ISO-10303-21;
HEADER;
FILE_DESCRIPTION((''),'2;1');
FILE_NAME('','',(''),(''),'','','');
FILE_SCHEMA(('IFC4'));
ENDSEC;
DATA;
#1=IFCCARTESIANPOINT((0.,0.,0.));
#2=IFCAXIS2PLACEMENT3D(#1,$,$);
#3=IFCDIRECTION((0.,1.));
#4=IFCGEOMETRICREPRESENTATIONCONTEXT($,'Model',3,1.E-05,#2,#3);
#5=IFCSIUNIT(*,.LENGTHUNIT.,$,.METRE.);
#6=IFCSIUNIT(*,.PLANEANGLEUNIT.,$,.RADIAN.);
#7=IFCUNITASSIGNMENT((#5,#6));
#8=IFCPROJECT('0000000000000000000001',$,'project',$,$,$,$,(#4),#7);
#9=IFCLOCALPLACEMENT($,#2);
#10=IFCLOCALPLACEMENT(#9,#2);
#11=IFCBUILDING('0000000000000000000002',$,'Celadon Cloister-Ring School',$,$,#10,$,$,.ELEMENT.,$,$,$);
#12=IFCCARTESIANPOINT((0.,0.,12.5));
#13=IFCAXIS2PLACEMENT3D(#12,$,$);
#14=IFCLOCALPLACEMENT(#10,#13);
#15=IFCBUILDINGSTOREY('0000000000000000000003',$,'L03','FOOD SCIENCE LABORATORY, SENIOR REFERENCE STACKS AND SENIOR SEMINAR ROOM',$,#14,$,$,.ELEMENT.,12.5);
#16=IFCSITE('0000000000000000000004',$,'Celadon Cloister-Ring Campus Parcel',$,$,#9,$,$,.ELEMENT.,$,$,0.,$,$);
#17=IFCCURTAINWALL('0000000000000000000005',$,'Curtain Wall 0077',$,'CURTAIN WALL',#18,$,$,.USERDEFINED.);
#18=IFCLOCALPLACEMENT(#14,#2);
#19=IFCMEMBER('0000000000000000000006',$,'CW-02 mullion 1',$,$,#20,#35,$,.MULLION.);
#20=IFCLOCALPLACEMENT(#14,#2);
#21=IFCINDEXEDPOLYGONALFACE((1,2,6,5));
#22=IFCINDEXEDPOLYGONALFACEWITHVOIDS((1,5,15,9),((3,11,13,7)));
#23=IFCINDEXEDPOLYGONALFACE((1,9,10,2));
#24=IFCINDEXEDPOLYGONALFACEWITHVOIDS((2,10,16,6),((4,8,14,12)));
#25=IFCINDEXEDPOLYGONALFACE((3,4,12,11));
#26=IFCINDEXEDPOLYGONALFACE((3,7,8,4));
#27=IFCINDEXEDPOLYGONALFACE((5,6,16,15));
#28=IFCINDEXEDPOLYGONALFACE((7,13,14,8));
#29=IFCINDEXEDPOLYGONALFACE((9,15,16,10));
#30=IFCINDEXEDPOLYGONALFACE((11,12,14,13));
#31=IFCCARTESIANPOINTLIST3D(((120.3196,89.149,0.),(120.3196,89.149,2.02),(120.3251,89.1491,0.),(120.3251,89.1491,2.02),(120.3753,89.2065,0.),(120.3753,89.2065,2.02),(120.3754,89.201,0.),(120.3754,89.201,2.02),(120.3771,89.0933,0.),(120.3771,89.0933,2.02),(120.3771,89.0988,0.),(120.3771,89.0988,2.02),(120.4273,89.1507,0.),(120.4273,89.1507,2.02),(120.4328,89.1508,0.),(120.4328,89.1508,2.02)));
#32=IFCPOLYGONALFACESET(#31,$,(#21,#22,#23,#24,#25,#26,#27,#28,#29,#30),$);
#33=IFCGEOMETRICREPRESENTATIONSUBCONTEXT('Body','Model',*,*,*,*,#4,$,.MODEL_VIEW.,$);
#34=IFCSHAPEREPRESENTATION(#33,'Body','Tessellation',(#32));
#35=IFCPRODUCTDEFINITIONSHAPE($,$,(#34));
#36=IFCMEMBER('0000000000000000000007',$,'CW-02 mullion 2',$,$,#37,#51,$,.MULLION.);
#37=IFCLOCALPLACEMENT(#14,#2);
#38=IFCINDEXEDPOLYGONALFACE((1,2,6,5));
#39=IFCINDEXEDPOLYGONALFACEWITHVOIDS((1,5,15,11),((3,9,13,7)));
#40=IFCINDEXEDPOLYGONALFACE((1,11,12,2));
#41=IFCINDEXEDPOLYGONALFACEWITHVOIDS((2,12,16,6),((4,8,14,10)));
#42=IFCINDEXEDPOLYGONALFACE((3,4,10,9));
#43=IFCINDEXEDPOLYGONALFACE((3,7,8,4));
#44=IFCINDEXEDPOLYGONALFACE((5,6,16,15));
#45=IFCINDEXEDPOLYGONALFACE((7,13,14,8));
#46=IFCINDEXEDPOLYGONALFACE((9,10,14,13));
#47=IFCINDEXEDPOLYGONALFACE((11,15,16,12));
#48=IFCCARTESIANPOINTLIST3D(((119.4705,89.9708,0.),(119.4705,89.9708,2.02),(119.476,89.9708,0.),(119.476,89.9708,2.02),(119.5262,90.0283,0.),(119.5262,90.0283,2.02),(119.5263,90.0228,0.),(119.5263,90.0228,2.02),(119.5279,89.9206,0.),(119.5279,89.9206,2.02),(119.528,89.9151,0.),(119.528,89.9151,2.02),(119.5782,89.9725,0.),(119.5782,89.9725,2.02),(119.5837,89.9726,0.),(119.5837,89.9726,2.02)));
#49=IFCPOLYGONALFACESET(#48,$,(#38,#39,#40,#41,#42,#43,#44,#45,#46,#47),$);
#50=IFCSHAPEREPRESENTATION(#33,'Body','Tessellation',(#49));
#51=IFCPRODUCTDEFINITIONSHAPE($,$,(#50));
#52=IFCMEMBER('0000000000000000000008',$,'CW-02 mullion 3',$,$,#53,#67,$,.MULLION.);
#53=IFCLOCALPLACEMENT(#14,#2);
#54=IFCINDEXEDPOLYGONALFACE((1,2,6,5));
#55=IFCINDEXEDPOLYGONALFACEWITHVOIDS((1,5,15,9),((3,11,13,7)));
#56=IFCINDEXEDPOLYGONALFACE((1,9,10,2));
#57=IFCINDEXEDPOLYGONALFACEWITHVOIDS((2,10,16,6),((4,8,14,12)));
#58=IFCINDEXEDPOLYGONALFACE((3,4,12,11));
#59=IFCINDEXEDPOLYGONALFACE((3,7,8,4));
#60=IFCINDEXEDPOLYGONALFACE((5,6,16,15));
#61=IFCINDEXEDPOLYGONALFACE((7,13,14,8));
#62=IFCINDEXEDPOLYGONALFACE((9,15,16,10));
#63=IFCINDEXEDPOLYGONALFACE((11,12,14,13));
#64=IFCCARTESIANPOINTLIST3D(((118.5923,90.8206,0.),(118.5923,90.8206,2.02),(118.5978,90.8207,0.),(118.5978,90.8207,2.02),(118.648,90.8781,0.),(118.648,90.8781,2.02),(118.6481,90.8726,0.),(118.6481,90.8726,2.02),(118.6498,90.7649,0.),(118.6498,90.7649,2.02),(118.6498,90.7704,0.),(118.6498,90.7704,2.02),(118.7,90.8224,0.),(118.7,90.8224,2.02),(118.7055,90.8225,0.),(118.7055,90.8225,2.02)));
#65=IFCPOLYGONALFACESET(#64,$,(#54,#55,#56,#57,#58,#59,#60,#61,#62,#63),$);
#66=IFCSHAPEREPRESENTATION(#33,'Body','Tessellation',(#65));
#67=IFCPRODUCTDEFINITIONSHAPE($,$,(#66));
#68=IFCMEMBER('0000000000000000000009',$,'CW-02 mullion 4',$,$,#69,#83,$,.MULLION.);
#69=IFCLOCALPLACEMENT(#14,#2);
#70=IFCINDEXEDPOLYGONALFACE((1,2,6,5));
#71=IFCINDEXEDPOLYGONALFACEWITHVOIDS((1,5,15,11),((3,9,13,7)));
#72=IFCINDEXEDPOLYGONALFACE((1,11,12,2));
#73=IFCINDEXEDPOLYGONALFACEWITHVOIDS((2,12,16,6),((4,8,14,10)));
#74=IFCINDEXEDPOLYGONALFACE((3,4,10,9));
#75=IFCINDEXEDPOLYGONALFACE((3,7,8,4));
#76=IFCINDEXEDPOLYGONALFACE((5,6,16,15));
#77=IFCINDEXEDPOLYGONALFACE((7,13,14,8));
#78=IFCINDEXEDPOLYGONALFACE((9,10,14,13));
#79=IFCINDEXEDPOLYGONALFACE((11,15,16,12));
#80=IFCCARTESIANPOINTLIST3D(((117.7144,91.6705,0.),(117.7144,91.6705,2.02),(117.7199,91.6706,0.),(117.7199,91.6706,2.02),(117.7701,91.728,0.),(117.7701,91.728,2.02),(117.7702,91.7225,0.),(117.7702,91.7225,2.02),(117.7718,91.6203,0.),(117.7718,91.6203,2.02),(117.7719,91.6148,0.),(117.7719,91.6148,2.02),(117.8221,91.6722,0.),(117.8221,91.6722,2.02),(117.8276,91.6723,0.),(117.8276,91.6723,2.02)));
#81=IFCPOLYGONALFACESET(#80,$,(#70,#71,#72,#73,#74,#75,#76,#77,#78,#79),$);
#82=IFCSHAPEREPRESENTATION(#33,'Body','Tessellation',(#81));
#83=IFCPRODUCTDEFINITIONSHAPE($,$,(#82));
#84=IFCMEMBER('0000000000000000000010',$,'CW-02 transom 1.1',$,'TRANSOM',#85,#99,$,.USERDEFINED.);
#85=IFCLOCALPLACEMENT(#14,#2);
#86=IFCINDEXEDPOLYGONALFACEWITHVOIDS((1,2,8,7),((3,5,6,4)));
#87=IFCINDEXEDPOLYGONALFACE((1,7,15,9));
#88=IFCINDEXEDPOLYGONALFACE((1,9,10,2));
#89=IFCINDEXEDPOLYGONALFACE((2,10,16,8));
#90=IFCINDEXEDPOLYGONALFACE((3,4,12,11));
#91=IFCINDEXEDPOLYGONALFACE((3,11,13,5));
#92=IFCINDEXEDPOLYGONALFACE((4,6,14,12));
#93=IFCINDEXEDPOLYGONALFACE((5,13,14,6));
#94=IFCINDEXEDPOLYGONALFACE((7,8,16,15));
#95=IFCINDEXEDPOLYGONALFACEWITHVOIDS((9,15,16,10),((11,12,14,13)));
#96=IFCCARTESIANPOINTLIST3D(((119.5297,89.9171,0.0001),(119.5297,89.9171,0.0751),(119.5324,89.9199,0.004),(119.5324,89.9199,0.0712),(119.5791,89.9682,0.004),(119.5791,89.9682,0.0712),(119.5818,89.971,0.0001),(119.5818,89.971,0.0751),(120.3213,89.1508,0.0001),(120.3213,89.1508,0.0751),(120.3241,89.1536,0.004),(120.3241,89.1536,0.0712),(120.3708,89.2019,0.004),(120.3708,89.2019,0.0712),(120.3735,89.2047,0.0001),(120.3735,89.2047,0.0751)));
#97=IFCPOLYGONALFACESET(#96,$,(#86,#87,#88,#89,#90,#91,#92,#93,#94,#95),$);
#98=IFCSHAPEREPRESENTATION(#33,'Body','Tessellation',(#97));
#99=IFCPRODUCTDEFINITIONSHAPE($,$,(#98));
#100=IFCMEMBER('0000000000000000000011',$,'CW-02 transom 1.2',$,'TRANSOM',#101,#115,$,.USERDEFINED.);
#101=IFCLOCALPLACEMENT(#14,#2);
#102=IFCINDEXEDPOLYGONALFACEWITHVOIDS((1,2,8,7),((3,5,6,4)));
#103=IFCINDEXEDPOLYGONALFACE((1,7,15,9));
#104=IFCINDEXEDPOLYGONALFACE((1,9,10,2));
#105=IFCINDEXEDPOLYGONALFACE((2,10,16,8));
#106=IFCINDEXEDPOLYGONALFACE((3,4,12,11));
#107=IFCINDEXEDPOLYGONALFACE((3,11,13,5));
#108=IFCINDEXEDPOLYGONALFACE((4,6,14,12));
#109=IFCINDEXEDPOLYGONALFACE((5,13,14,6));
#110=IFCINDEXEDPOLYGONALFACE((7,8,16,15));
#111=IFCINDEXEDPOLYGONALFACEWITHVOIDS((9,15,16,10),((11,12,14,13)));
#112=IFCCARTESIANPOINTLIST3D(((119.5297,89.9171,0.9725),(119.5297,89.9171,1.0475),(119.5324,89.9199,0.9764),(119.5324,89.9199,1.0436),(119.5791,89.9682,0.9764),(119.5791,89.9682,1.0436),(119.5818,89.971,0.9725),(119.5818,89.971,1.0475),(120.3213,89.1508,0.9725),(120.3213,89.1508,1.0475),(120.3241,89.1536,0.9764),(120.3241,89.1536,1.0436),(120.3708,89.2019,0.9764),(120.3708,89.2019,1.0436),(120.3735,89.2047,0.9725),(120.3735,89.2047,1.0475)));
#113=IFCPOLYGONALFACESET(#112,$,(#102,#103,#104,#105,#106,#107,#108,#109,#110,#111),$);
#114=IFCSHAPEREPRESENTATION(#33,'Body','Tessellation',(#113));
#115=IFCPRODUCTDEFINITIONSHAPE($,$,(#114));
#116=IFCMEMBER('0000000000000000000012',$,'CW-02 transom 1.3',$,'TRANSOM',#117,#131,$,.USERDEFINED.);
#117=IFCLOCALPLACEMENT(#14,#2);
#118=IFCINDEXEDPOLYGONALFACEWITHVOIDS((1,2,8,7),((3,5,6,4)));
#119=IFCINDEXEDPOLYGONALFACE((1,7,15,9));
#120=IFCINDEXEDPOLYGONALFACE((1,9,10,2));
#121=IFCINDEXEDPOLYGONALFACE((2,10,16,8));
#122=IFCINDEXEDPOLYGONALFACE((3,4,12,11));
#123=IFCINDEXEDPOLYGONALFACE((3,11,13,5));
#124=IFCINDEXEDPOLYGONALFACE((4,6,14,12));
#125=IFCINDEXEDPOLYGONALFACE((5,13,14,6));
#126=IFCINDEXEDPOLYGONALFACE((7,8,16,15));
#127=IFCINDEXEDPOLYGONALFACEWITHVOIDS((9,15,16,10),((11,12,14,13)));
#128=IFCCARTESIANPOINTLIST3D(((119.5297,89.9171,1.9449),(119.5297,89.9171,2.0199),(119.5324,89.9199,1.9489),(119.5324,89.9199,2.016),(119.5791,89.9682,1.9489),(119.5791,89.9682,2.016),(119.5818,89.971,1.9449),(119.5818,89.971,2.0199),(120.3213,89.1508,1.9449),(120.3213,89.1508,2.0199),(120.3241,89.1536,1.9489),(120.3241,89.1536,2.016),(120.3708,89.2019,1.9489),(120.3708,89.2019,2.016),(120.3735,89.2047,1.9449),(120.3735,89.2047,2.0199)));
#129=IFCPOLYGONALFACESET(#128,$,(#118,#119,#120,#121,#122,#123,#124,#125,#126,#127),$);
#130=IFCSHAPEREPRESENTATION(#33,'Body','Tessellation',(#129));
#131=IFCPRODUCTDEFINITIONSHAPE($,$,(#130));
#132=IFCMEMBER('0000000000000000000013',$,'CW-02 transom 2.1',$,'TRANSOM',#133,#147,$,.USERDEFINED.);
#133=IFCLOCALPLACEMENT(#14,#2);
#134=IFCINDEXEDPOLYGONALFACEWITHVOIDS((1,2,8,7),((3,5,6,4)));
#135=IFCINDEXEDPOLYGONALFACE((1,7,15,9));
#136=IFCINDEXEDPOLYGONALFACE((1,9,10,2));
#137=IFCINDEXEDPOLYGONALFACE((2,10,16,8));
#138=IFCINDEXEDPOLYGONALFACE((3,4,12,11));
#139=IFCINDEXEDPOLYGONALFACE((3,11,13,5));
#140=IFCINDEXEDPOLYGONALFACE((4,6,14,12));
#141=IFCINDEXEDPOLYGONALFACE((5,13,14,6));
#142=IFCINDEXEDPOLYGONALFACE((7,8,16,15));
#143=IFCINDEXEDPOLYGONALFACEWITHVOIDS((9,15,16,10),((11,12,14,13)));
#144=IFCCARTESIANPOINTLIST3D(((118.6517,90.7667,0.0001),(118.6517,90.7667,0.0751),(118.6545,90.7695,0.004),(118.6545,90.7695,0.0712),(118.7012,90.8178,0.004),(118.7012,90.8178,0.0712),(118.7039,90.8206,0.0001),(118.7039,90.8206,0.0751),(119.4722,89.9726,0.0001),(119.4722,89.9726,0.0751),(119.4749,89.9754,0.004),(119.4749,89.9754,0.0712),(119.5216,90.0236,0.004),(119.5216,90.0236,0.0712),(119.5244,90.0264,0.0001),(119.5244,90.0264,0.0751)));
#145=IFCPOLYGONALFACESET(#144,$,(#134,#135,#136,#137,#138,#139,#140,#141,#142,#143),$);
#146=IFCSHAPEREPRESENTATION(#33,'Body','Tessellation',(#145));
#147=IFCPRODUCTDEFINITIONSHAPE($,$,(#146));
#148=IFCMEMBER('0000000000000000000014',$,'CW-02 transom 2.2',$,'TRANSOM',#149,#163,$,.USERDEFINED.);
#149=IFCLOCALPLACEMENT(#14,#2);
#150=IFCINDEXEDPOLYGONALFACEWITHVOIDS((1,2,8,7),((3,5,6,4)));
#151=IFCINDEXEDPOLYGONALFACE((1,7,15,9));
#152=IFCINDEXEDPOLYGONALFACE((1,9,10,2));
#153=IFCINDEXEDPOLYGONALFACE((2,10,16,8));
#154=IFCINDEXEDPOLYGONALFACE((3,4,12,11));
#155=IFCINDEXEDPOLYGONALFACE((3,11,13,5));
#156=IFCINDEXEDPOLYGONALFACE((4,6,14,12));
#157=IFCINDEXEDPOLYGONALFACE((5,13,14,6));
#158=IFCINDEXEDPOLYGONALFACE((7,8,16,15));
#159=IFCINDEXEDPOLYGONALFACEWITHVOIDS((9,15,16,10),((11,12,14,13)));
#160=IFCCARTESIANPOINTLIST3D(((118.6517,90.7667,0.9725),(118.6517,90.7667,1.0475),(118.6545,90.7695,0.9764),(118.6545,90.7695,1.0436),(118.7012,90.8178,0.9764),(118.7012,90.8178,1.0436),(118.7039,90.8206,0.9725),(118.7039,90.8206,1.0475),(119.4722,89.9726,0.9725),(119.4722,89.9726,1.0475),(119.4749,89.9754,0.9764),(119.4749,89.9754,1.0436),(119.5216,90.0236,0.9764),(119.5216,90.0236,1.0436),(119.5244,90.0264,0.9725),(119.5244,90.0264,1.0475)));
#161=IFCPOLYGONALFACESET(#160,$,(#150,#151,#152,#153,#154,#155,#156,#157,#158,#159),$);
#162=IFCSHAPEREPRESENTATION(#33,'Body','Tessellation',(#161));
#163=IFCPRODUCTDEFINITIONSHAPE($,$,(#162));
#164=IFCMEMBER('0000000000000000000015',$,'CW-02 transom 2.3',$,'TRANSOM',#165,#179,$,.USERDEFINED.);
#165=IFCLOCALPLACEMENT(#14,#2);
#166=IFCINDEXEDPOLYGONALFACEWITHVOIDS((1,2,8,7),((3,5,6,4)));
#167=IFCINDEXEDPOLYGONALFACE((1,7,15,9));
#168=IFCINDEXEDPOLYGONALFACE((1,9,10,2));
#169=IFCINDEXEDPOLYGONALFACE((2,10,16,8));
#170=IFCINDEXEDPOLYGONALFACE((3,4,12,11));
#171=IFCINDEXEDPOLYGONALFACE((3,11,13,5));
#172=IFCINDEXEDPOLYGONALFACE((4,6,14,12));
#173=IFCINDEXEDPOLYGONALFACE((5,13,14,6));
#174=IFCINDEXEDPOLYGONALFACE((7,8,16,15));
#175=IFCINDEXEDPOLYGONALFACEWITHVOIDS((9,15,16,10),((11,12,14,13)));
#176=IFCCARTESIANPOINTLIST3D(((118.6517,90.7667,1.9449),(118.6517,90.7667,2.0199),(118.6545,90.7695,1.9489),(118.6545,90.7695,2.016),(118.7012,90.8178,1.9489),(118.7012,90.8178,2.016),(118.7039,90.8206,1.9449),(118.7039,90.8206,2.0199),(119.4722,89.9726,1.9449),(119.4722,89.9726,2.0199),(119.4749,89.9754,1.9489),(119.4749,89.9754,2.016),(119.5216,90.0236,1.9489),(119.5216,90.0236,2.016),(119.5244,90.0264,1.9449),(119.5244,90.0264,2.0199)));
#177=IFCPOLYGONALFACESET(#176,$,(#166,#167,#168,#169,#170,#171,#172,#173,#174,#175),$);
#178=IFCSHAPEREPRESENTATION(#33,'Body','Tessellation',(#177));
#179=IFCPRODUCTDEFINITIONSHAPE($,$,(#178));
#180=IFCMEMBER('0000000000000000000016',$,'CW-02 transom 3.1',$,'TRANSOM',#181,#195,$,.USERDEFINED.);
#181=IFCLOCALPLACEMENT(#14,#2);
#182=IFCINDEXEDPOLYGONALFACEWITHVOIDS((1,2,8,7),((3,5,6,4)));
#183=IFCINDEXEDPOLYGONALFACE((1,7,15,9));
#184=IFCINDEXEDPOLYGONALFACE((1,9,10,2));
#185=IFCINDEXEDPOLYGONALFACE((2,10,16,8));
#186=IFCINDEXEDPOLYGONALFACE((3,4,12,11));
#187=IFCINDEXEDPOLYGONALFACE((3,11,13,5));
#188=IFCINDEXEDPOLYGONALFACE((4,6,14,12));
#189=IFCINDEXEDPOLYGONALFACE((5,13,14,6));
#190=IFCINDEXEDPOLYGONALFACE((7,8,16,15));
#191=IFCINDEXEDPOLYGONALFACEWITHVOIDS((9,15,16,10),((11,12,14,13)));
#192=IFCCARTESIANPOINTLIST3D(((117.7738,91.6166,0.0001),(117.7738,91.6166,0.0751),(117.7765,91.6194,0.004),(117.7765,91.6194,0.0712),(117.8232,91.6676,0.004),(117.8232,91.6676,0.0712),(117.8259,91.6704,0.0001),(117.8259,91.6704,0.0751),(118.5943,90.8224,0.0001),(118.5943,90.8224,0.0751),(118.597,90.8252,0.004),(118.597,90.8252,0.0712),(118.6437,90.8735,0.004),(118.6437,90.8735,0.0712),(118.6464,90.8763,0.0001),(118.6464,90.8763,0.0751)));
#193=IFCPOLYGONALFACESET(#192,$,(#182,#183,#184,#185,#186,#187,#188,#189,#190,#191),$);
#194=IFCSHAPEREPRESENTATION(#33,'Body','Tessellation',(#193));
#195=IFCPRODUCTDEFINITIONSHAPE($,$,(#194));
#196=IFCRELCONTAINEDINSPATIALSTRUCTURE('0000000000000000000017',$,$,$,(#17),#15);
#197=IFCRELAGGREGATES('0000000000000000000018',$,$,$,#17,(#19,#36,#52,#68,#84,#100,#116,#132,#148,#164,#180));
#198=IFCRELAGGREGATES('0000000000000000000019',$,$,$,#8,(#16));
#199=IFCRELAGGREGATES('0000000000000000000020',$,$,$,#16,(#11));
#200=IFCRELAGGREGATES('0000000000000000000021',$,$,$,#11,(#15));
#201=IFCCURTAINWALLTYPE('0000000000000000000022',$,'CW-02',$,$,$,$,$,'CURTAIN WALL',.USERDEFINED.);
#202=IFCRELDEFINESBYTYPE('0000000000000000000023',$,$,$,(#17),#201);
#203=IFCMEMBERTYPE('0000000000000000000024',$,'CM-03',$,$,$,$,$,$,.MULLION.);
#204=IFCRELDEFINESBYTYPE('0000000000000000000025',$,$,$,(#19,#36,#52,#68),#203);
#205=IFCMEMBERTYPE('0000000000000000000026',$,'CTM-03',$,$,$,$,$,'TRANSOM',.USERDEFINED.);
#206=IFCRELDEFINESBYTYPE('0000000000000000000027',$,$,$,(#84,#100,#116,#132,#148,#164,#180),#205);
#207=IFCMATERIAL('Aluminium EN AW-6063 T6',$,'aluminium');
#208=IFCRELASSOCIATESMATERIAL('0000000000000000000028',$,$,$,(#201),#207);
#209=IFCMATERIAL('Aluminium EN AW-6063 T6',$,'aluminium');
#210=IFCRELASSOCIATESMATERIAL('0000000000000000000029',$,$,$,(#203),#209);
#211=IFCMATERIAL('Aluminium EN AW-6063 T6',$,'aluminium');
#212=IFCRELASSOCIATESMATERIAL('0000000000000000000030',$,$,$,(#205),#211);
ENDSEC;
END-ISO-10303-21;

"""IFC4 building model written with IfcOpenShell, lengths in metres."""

from ifc_helpers import new_model, si_unit, direction, frame, origin, origin_2d, place, context, subcontext, project, spatial, hollow_rectangle, extrude, material, material_profile, profile_set, type_object, element, aggregate, save


model = new_model("IFC4")

# Units and contexts
model_context = context("Model", 3, precision=1e-05, world=origin(), true_north=direction((0.0, 1.0)))
body_context = subcontext(model_context, "Body", "Model", "MODEL_VIEW")
ifc_project = project(units=[si_unit("LENGTHUNIT", "METRE"), si_unit("PLANEANGLEUNIT", "RADIAN")], contexts=[model_context])

# Site, building, storey
site_placement = place(None, origin())
site = spatial("IfcSite", under=ifc_project, at=site_placement, Name="Celadon Cloister-Ring Campus Parcel", CompositionType="ELEMENT", RefElevation=0.0)
building_placement = place(site_placement, origin())
building = spatial("IfcBuilding", under=site, at=building_placement, Name="Celadon Cloister-Ring School", CompositionType="ELEMENT")
storey_placement = place(building_placement, frame((0.0, 0.0, 12.5)))
storey = spatial("IfcBuildingStorey", under=building, at=storey_placement, Name="L03", Description="FOOD SCIENCE LABORATORY, SENIOR REFERENCE STACKS AND SENIOR SEMINAR ROOM", CompositionType="ELEMENT", Elevation=12.5)

# Curtain wall, members
ifc_material_1 = material(Name="Aluminium EN AW-6063 T6", Category="aluminium")
curtain_wall_type = type_object("IfcCurtainWallType", Name="CW-02", ElementType="CURTAIN WALL", PredefinedType="USERDEFINED", material=ifc_material_1)
curtain_wall_placement = place(storey_placement, origin())
curtain_wall = element("IfcCurtainWall", 1, at=curtain_wall_placement, inside=storey, type_object=curtain_wall_type, Name="Curtain Wall 0077", ObjectType="CURTAIN WALL", PredefinedType="USERDEFINED")
ifc_material_2 = material(Name="Aluminium EN AW-6063 T6", Category="aluminium")
ifc_material_profile_1 = material_profile(ifc_material_2, hollow_rectangle(XDim=0.0801, YDim=0.0801, WallThickness=0.0039, at=origin_2d()), Name="RHS80X80X4")
ifc_profile_set_1 = profile_set([ifc_material_profile_1], Name="Aluminium EN AW-6063 T6")
member_type_1 = type_object("IfcMemberType", Name="CM-03", PredefinedType="MULLION", material=ifc_profile_set_1)
member_1_placement = place(storey_placement, frame((120.3762, 89.1499, 0.0), z_axis=(0.0, 0.0, 1.0), x_axis=(-0.695473, -0.718552, 0.0)))
member_1 = element("IfcMember", 2, at=member_1_placement, type_object=member_type_1, Name="CW-02 mullion 1", PredefinedType="MULLION", context=body_context, shape_type="SweptSolid", body=[
    extrude(hollow_rectangle(XDim=0.0801, YDim=0.0801, WallThickness=0.0039, at=origin_2d()), origin(), (0.0, 0.0, 1.0), 2.02),
])
member_2_placement = place(storey_placement, frame((119.5271, 89.9717, 0.0), z_axis=(0.0, 0.0, 1.0), x_axis=(-0.695473, -0.718552, 0.0)))
member_2 = element("IfcMember", 3, at=member_2_placement, type_object=member_type_1, Name="CW-02 mullion 2", PredefinedType="MULLION", context=body_context, shape_type="SweptSolid", body=[
    extrude(hollow_rectangle(XDim=0.0801, YDim=0.0801, WallThickness=0.0039, at=origin_2d()), origin(), (0.0, 0.0, 1.0), 2.02),
])
member_3_placement = place(storey_placement, frame((118.6489, 90.8215, 0.0), z_axis=(0.0, 0.0, 1.0), x_axis=(-0.695473, -0.718552, 0.0)))
member_3 = element("IfcMember", 4, at=member_3_placement, type_object=member_type_1, Name="CW-02 mullion 3", PredefinedType="MULLION", context=body_context, shape_type="SweptSolid", body=[
    extrude(hollow_rectangle(XDim=0.0801, YDim=0.0801, WallThickness=0.0039, at=origin_2d()), origin(), (0.0, 0.0, 1.0), 2.02),
])
member_4_placement = place(storey_placement, frame((117.771, 91.6714, 0.0), z_axis=(0.0, 0.0, 1.0), x_axis=(-0.695473, -0.718552, 0.0)))
member_4 = element("IfcMember", 5, at=member_4_placement, type_object=member_type_1, Name="CW-02 mullion 4", PredefinedType="MULLION", context=body_context, shape_type="SweptSolid", body=[
    extrude(hollow_rectangle(XDim=0.0801, YDim=0.0801, WallThickness=0.0039, at=origin_2d()), origin(), (0.0, 0.0, 1.0), 2.02),
])
ifc_material_3 = material(Name="Aluminium EN AW-6063 T6", Category="aluminium")
ifc_material_profile_2 = material_profile(ifc_material_3, hollow_rectangle(XDim=0.075, YDim=0.075, WallThickness=0.0039, at=origin_2d()), Name="RHS75X75X4")
ifc_profile_set_2 = profile_set([ifc_material_profile_2], Name="Aluminium EN AW-6063 T6")
member_type_2 = type_object("IfcMemberType", Name="CTM-03", ElementType="TRANSOM", PredefinedType="USERDEFINED", material=ifc_profile_set_2)
member_5_placement = place(storey_placement, frame((120.3474, 89.1777, 0.0376), z_axis=(-0.718534, 0.695492, 0.0), x_axis=(-0.695492, -0.718534, 0.0)))
member_5 = element("IfcMember", 6, at=member_5_placement, type_object=member_type_2, Name="CW-02 transom 1.1", ObjectType="TRANSOM", PredefinedType="USERDEFINED", context=body_context, shape_type="SweptSolid", body=[
    extrude(hollow_rectangle(XDim=0.075, YDim=0.075, WallThickness=0.0039, at=origin_2d()), origin(), (0.0, 0.0, 1.0), 1.1018),
])
member_6_placement = place(storey_placement, frame((120.3474, 89.1777, 1.01), z_axis=(-0.718534, 0.695492, 0.0), x_axis=(-0.695492, -0.718534, 0.0)))
member_6 = element("IfcMember", 7, at=member_6_placement, type_object=member_type_2, Name="CW-02 transom 1.2", ObjectType="TRANSOM", PredefinedType="USERDEFINED", context=body_context, shape_type="SweptSolid", body=[
    extrude(hollow_rectangle(XDim=0.075, YDim=0.075, WallThickness=0.0039, at=origin_2d()), origin(), (0.0, 0.0, 1.0), 1.1018),
])
member_7_placement = place(storey_placement, frame((120.3474, 89.1777, 1.9824), z_axis=(-0.718534, 0.695492, 0.0), x_axis=(-0.695492, -0.718534, 0.0)))
member_7 = element("IfcMember", 8, at=member_7_placement, type_object=member_type_2, Name="CW-02 transom 1.3", ObjectType="TRANSOM", PredefinedType="USERDEFINED", context=body_context, shape_type="SweptSolid", body=[
    extrude(hollow_rectangle(XDim=0.075, YDim=0.075, WallThickness=0.0039, at=origin_2d()), origin(), (0.0, 0.0, 1.0), 1.1018),
])
member_8_placement = place(storey_placement, frame((119.4983, 89.9995, 0.0376), z_axis=(-0.718557, 0.695468, 0.0), x_axis=(-0.695468, -0.718557, 0.0)))
member_8 = element("IfcMember", 9, at=member_8_placement, type_object=member_type_2, Name="CW-02 transom 2.1", ObjectType="TRANSOM", PredefinedType="USERDEFINED", context=body_context, shape_type="SweptSolid", body=[
    extrude(hollow_rectangle(XDim=0.075, YDim=0.075, WallThickness=0.0039, at=origin_2d()), origin(), (0.0, 0.0, 1.0), 1.1418),
])
member_9_placement = place(storey_placement, frame((119.4983, 89.9995, 1.01), z_axis=(-0.718557, 0.695468, 0.0), x_axis=(-0.695468, -0.718557, 0.0)))
member_9 = element("IfcMember", 10, at=member_9_placement, type_object=member_type_2, Name="CW-02 transom 2.2", ObjectType="TRANSOM", PredefinedType="USERDEFINED", context=body_context, shape_type="SweptSolid", body=[
    extrude(hollow_rectangle(XDim=0.075, YDim=0.075, WallThickness=0.0039, at=origin_2d()), origin(), (0.0, 0.0, 1.0), 1.1418),
])
member_10_placement = place(storey_placement, frame((119.4983, 89.9995, 1.9824), z_axis=(-0.718557, 0.695468, 0.0), x_axis=(-0.695468, -0.718557, 0.0)))
member_10 = element("IfcMember", 11, at=member_10_placement, type_object=member_type_2, Name="CW-02 transom 2.3", ObjectType="TRANSOM", PredefinedType="USERDEFINED", context=body_context, shape_type="SweptSolid", body=[
    extrude(hollow_rectangle(XDim=0.075, YDim=0.075, WallThickness=0.0039, at=origin_2d()), origin(), (0.0, 0.0, 1.0), 1.1418),
])
member_11_placement = place(storey_placement, frame((118.6204, 90.8494, 0.0376), z_axis=(-0.718557, 0.695468, 0.0), x_axis=(-0.695468, -0.718557, 0.0)))
member_11 = element("IfcMember", 12, at=member_11_placement, type_object=member_type_2, Name="CW-02 transom 3.1", ObjectType="TRANSOM", PredefinedType="USERDEFINED", context=body_context, shape_type="SweptSolid", body=[
    extrude(hollow_rectangle(XDim=0.075, YDim=0.075, WallThickness=0.0039, at=origin_2d()), origin(), (0.0, 0.0, 1.0), 1.1418),
])
aggregate(curtain_wall, [member_1, member_2, member_3, member_4, member_5, member_6, member_7, member_8, member_9, member_10, member_11])

save(model, "model.ifc")
